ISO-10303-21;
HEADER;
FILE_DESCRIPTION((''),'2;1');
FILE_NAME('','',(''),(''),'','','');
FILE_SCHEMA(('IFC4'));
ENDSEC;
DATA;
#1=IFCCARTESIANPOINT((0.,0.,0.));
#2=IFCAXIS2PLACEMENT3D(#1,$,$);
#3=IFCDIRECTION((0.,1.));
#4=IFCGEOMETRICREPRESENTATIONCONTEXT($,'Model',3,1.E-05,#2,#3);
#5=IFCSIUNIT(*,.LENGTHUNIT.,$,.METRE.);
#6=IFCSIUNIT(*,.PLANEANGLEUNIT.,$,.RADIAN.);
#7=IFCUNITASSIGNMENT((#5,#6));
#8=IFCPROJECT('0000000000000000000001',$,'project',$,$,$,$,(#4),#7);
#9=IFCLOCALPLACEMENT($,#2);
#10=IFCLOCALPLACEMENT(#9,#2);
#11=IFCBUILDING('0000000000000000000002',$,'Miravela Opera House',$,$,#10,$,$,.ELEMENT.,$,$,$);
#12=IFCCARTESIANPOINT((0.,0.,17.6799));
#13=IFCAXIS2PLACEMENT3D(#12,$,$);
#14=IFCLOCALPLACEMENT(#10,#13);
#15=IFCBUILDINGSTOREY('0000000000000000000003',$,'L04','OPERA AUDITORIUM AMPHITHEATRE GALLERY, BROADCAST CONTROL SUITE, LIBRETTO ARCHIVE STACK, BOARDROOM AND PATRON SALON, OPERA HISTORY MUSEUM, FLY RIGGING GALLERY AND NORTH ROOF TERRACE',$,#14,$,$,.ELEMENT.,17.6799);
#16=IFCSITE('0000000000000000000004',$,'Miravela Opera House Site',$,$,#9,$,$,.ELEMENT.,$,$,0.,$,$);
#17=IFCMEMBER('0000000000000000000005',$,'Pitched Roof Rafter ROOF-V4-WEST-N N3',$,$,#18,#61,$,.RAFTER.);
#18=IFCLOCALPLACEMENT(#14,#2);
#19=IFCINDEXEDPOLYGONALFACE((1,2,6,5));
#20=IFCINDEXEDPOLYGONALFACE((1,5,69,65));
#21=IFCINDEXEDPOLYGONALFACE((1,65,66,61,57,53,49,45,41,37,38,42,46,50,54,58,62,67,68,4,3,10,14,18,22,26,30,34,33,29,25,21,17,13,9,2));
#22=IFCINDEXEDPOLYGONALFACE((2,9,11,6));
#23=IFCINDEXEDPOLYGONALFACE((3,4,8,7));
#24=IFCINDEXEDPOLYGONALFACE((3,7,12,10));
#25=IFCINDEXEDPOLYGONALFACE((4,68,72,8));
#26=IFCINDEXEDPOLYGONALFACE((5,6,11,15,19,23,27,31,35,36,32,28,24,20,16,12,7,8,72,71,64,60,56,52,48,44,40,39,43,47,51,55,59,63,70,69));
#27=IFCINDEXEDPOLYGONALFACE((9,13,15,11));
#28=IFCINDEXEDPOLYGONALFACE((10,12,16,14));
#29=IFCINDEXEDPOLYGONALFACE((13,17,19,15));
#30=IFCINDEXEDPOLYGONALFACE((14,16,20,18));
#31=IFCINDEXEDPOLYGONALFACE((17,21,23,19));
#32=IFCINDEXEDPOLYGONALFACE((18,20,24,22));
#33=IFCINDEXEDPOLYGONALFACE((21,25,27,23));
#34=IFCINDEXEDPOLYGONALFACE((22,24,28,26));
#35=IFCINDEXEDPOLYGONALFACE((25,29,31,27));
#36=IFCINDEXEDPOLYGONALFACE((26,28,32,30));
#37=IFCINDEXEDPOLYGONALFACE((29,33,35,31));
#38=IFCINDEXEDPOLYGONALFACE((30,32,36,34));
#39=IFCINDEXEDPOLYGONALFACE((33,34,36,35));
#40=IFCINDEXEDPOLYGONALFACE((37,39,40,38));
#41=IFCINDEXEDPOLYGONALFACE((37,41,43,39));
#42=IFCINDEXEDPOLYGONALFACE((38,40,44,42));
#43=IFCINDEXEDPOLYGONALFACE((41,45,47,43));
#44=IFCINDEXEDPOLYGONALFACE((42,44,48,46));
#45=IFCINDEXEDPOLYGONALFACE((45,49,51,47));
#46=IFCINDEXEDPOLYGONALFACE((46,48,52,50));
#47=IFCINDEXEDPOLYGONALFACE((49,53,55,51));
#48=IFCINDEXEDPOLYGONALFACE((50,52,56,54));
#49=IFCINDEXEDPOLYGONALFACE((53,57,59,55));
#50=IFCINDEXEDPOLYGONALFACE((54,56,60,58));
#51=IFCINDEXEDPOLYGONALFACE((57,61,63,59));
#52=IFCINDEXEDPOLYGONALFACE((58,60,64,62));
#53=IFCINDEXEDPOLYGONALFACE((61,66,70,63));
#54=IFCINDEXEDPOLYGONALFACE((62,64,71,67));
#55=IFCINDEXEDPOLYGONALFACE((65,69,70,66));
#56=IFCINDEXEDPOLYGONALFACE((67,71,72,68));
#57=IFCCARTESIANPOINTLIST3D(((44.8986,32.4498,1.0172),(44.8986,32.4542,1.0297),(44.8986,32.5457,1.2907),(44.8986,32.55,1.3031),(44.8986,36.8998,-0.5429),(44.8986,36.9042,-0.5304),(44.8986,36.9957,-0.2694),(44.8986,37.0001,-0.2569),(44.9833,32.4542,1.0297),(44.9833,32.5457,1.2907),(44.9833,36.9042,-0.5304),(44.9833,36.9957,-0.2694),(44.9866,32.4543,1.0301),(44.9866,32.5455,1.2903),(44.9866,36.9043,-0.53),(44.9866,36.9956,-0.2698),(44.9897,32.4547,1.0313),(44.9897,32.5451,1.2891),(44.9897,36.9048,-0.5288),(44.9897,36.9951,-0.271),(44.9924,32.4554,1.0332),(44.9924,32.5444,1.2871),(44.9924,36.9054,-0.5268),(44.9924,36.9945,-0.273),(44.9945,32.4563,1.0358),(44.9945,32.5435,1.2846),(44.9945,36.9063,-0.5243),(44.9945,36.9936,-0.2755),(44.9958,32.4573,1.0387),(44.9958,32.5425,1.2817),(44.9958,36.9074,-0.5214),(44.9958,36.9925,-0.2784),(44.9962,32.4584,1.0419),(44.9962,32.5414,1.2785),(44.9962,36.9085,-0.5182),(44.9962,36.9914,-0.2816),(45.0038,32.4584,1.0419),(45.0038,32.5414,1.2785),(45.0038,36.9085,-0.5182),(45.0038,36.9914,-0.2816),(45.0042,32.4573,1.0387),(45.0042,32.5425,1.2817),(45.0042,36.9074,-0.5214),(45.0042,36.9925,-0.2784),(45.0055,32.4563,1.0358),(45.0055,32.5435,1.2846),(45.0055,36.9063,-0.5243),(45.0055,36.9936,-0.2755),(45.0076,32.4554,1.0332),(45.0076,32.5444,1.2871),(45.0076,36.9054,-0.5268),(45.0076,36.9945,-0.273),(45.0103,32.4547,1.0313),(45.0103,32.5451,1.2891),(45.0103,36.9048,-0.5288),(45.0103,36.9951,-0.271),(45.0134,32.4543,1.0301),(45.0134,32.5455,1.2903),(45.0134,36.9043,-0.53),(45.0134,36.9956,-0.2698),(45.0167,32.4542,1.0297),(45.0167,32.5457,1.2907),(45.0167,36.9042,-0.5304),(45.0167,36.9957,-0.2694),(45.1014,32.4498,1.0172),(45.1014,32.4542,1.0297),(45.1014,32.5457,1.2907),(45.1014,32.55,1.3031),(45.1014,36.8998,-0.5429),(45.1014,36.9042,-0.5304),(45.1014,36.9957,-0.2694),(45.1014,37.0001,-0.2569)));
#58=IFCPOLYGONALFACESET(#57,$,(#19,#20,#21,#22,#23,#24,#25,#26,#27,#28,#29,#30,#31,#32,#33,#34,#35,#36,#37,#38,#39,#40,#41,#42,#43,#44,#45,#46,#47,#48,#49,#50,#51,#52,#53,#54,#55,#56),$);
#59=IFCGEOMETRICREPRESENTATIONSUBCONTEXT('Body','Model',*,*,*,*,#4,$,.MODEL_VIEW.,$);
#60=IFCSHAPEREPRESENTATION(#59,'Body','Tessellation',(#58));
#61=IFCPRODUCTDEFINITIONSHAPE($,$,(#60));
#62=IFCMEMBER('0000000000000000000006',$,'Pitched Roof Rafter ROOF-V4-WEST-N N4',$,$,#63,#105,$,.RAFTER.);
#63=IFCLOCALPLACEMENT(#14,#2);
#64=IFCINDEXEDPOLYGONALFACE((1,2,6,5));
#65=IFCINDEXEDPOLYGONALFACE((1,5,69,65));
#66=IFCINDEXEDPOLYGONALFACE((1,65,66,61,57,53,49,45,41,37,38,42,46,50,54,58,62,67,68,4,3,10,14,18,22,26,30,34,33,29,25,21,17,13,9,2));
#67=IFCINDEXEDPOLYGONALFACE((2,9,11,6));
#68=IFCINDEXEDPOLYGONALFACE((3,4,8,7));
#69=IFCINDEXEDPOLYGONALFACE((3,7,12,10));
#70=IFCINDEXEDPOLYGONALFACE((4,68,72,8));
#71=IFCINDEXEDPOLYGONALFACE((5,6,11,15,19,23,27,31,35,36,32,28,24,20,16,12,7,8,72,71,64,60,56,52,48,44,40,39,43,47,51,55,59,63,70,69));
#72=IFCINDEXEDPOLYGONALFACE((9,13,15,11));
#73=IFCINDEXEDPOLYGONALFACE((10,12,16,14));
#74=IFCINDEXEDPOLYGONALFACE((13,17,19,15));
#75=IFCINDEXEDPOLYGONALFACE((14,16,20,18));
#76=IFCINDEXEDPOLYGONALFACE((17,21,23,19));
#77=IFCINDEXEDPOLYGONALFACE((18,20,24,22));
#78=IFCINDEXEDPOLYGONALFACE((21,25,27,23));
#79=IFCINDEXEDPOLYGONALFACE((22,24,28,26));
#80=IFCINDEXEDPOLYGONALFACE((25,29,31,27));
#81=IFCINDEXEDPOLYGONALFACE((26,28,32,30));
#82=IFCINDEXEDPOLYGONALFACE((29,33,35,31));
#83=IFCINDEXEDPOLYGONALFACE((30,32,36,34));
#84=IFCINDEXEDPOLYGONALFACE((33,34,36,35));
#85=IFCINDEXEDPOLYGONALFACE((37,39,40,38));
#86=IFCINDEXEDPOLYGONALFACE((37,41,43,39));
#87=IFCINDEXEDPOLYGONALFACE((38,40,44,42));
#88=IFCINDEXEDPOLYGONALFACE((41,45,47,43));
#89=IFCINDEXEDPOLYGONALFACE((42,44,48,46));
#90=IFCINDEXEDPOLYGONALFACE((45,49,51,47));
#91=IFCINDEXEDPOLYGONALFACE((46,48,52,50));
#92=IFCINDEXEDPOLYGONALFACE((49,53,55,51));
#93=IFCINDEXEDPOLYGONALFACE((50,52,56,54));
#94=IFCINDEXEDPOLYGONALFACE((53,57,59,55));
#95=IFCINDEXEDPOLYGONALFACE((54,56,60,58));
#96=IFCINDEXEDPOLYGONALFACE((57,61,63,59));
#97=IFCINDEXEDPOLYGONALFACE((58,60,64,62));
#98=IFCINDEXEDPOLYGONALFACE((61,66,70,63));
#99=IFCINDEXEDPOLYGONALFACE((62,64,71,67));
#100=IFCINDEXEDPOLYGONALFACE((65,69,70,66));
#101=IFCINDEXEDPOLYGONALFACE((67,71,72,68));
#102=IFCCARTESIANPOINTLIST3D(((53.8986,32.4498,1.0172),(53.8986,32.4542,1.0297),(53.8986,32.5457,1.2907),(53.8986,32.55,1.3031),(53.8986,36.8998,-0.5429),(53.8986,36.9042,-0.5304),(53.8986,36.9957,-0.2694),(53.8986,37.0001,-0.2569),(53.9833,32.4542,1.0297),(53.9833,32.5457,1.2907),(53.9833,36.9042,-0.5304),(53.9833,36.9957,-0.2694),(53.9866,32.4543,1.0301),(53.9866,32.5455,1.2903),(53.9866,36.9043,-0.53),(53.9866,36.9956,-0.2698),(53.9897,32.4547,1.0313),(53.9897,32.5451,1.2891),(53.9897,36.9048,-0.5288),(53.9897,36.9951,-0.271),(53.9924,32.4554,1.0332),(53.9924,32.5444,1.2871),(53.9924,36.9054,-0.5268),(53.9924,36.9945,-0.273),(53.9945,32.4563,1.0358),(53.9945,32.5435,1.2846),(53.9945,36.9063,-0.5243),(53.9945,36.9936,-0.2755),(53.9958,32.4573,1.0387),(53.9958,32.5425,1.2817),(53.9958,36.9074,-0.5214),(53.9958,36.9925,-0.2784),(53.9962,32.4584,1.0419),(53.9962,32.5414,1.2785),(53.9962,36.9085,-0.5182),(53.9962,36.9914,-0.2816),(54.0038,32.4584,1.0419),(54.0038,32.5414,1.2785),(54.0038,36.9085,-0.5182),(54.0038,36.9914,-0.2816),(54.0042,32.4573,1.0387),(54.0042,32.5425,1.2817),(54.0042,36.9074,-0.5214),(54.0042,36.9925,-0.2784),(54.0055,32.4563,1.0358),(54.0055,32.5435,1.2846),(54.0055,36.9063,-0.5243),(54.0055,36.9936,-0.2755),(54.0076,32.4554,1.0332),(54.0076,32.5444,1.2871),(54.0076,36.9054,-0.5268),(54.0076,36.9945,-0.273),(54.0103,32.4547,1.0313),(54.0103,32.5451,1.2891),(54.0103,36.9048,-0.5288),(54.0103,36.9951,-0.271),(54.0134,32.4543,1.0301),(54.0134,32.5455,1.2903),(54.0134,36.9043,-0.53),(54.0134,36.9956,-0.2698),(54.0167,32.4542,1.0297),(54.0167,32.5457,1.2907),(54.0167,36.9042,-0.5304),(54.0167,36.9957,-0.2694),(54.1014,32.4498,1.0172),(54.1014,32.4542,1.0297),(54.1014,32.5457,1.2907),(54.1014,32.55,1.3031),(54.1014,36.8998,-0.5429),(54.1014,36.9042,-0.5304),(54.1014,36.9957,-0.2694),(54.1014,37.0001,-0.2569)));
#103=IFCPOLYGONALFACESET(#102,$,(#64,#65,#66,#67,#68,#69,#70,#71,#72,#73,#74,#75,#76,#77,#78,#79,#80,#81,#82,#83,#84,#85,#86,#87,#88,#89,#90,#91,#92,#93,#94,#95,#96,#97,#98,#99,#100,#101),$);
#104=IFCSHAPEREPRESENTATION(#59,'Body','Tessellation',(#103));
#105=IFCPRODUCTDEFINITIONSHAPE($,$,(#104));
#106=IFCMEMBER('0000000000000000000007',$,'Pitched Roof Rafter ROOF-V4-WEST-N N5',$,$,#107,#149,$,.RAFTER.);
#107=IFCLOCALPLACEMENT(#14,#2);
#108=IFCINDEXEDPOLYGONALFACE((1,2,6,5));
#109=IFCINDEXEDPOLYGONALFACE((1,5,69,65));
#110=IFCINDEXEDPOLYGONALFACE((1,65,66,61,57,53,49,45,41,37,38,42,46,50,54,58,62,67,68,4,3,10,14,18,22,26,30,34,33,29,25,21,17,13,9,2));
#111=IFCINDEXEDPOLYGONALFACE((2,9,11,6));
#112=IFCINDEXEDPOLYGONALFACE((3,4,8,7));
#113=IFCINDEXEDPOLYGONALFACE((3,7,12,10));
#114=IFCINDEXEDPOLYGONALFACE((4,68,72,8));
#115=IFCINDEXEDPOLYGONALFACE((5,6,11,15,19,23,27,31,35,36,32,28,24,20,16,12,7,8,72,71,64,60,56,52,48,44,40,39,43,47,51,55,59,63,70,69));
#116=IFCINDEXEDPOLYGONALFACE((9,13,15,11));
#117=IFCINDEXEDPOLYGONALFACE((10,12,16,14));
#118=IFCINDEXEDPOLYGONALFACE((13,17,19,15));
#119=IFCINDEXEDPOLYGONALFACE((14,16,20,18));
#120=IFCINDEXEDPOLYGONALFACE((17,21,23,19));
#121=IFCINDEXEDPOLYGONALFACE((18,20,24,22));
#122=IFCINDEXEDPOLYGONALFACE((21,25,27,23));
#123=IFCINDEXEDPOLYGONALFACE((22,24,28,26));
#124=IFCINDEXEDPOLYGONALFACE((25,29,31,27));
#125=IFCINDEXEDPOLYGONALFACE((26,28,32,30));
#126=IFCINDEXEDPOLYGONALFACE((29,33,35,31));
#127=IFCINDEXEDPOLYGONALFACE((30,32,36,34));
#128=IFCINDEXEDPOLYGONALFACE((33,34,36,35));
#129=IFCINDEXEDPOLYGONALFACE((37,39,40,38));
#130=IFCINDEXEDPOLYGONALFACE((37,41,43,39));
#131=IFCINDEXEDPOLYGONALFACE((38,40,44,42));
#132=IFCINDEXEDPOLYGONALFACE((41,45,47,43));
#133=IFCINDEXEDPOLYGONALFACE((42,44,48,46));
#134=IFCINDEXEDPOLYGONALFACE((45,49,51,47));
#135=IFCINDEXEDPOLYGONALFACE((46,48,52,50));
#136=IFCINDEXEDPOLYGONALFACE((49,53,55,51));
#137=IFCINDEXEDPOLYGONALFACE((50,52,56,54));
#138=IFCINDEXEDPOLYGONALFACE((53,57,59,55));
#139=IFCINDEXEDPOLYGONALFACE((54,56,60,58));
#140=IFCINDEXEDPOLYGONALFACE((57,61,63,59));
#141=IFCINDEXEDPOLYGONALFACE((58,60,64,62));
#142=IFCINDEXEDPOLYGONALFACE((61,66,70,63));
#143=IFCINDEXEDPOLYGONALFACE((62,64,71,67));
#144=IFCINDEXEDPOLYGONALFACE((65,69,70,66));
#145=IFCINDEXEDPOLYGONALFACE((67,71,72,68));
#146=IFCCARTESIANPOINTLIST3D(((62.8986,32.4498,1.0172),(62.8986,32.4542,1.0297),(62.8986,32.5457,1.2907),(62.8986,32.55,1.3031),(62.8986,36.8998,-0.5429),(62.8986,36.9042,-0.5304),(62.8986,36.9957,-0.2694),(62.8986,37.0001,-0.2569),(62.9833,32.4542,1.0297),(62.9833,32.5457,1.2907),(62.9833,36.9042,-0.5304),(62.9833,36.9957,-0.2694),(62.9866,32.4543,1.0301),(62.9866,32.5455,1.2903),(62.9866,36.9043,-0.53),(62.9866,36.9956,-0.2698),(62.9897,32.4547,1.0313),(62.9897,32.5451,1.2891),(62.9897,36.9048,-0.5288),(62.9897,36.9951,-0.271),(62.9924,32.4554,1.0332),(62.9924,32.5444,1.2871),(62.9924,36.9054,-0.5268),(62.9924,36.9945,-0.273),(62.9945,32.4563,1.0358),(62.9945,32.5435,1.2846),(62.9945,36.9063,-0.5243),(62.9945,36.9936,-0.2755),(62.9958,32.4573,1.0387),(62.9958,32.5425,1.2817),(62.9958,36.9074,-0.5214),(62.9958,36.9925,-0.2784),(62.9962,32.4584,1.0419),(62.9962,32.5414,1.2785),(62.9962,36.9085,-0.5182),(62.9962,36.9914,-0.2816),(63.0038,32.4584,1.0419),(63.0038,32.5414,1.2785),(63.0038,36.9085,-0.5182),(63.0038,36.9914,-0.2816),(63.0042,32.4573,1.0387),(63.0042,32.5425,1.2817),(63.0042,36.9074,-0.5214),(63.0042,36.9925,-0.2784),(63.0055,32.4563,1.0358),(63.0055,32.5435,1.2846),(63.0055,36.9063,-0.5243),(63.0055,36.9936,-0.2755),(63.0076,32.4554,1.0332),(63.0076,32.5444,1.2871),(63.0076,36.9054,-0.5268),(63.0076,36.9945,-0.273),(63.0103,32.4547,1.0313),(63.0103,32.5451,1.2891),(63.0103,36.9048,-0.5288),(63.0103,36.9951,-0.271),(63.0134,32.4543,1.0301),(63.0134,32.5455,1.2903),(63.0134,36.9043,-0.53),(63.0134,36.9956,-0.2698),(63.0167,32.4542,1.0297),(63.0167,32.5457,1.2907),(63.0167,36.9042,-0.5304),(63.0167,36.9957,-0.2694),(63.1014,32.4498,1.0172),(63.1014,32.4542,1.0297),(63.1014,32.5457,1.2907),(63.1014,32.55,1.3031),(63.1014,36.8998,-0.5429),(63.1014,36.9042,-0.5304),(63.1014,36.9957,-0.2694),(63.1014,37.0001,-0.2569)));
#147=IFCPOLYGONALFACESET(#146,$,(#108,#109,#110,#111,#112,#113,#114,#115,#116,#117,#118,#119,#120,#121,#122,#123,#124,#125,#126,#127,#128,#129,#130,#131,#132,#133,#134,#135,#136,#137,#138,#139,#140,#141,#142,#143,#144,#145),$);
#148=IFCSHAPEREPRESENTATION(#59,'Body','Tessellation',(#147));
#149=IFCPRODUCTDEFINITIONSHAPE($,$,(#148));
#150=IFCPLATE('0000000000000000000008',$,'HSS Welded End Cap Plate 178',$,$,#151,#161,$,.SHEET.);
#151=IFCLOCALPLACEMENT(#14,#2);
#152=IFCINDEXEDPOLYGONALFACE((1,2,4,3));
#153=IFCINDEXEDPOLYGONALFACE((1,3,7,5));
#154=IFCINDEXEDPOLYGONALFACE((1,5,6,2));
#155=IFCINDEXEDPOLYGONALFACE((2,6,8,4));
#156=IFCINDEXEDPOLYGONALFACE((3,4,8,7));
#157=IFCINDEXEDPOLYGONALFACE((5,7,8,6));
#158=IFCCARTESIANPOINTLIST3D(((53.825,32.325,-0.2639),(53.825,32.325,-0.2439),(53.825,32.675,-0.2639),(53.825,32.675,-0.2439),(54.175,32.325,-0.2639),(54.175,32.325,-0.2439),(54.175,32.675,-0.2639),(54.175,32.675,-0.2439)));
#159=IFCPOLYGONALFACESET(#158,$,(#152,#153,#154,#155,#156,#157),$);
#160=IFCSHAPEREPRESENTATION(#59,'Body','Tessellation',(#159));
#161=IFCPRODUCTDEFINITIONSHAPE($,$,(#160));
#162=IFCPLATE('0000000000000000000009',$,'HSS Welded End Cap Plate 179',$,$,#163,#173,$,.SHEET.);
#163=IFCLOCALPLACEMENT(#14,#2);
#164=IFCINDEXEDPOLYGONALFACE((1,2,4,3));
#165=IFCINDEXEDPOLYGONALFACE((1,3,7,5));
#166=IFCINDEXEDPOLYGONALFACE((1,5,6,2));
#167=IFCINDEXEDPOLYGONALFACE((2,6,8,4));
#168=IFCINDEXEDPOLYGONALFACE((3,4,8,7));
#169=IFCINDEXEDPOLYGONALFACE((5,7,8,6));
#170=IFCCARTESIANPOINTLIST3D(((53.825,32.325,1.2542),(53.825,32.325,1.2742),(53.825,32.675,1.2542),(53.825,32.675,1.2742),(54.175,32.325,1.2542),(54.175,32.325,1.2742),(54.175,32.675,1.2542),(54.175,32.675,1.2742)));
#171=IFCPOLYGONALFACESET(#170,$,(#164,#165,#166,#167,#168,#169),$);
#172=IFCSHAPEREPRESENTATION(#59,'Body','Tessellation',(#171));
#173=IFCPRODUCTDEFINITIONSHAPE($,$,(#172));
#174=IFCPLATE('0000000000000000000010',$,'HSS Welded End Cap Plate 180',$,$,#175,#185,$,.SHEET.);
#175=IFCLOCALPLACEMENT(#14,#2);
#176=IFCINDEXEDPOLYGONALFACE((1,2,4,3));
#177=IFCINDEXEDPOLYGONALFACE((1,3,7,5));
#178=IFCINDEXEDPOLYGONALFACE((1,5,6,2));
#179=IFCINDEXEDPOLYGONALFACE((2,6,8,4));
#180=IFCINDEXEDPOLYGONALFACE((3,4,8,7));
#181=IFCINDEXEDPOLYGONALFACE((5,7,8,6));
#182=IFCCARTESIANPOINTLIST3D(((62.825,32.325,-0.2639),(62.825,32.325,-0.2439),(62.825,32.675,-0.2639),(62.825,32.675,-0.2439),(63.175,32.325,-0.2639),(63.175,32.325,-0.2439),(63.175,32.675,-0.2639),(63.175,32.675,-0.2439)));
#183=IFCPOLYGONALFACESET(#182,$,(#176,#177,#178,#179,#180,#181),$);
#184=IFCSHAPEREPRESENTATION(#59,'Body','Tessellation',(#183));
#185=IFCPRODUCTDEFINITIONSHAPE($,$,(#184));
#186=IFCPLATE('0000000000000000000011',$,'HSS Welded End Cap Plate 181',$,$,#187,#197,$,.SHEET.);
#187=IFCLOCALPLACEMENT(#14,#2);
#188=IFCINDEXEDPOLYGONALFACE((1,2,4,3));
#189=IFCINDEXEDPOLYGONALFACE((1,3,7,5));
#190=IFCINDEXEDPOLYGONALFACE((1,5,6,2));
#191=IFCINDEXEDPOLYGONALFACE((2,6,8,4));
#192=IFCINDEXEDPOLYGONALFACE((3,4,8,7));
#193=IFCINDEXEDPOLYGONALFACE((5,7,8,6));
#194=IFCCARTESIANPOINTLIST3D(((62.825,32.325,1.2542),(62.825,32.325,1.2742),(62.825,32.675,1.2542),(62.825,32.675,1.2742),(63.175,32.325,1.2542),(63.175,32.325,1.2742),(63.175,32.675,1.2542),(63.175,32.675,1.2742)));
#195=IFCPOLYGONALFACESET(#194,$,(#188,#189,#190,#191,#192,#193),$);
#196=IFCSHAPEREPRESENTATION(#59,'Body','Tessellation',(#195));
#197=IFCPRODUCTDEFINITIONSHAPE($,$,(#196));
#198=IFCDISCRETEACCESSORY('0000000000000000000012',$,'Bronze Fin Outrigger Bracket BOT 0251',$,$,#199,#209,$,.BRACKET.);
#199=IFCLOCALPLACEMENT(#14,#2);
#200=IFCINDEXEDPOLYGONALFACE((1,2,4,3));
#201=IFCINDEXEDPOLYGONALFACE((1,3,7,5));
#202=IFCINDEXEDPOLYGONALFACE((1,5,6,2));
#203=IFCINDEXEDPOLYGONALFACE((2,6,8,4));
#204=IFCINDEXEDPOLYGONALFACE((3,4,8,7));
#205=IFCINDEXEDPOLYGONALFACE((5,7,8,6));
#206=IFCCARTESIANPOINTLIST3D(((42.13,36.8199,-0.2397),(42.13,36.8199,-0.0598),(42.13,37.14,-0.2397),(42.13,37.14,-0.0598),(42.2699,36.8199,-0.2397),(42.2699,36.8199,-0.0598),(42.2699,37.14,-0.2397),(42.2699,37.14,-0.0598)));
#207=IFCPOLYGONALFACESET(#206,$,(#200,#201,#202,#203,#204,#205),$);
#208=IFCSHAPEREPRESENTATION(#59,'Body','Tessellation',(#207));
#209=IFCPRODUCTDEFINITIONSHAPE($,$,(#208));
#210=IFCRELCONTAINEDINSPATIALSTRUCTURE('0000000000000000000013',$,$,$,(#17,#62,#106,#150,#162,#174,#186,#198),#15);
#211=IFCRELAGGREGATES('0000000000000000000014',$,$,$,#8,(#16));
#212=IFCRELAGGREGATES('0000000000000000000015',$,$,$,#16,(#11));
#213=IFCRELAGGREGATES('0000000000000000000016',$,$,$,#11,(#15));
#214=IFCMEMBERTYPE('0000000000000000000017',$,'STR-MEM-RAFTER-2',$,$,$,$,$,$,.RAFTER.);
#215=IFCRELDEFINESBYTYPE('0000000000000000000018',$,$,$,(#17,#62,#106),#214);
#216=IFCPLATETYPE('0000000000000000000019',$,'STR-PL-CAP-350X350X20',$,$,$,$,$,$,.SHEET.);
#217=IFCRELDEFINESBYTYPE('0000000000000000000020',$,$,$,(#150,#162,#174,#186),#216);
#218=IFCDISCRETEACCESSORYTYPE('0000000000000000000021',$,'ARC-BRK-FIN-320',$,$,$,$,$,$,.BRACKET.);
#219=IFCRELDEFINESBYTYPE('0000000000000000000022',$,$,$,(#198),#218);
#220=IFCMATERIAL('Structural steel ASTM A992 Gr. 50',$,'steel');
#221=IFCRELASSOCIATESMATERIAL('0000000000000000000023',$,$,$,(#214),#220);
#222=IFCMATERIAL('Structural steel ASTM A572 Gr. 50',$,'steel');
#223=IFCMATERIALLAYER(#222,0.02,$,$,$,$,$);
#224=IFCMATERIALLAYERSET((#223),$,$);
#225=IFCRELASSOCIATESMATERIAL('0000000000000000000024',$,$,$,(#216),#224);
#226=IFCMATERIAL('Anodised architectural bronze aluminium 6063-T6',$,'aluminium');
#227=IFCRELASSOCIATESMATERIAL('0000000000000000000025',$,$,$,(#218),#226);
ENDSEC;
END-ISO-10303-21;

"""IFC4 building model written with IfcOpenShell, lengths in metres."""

from ifc_helpers import new_model, si_unit, direction, frame, origin, origin_2d, place, context, subcontext, project, spatial, rectangle, i_section, extrude, material, layer, layer_set, material_profile, profile_set, type_object, element, save


model = new_model("IFC4")

# Units and contexts
model_context = context("Model", 3, precision=1e-05, world=origin(), true_north=direction((0.0, 1.0)))
body_context = subcontext(model_context, "Body", "Model", "MODEL_VIEW")
ifc_project = project(units=[si_unit("LENGTHUNIT", "METRE"), si_unit("PLANEANGLEUNIT", "RADIAN")], contexts=[model_context])

# Site, building, storey
site_placement = place(None, origin())
site = spatial("IfcSite", under=ifc_project, at=site_placement, Name="Miravela Opera House Site", CompositionType="ELEMENT", RefElevation=0.0)
building_placement = place(site_placement, origin())
building = spatial("IfcBuilding", under=site, at=building_placement, Name="Miravela Opera House", CompositionType="ELEMENT")
storey_placement = place(building_placement, frame((0.0, 0.0, 17.6799)))
storey = spatial("IfcBuildingStorey", under=building, at=storey_placement, Name="L04", Description="OPERA AUDITORIUM AMPHITHEATRE GALLERY, BROADCAST CONTROL SUITE, LIBRETTO ARCHIVE STACK, BOARDROOM AND PATRON SALON, OPERA HISTORY MUSEUM, FLY RIGGING GALLERY AND NORTH ROOF TERRACE", CompositionType="ELEMENT", Elevation=17.6799)

# Members
ifc_material_1 = material(Name="Anodised architectural bronze aluminium 6063-T6", Category="aluminium")
ifc_material_2 = material(Name="Structural steel ASTM A992 Gr. 50", Category="steel")
ifc_material_profile_1 = material_profile(ifc_material_2, i_section(OverallWidth=0.2029, OverallDepth=0.303, WebThickness=0.0076, FlangeThickness=0.0132, FilletRadius=0.0129, at=origin_2d()), Name="W310X60")
ifc_profile_set_1 = profile_set([ifc_material_profile_1])
member_type_1 = type_object("IfcMemberType", Name="STR-MEM-RAFTER-2", PredefinedType="RAFTER", material=ifc_profile_set_1)
for number, where, z_axis, x_axis, name in (
    (1, (45.0, 36.95, -0.3999), (0.0, -0.943688, 0.330837), (1.0, 0.0, 0.0), "Pitched Roof Rafter ROOF-V4-WEST-N N3"),
    (2, (54.0, 36.95, -0.3999), (0.0, -0.943688, 0.330837), (1.0, 0.0, 0.0), "Pitched Roof Rafter ROOF-V4-WEST-N N4"),
    (3, (63.0, 36.95, -0.3999), (0.0, -0.943688, 0.330837), (1.0, 0.0, 0.0), "Pitched Roof Rafter ROOF-V4-WEST-N N5"),
):
    element("IfcMember", number, at=place(storey_placement, frame(where, z_axis=z_axis, x_axis=x_axis)), inside=storey, type_object=member_type_1, Name=name, PredefinedType="RAFTER", context=body_context, shape_type="SweptSolid", body=[
        extrude(i_section(OverallWidth=0.2029, OverallDepth=0.303, WebThickness=0.0076, FlangeThickness=0.0132, FilletRadius=0.0129, at=origin_2d()), origin(), (0.0, 0.0, 1.0), 4.7156),
    ])

# Plates
ifc_material_3 = material(Name="Structural steel ASTM A572 Gr. 50", Category="steel")
ifc_layer = layer(ifc_material_3, 0.02)
ifc_layer_set = layer_set([ifc_layer])
plate_type = type_object("IfcPlateType", Name="STR-PL-CAP-350X350X20", PredefinedType="SHEET", material=ifc_layer_set)
for number, where, z_axis, x_axis, name in (
    (4, (54.0, 32.5, -0.2639), (0.0, 0.0, 1.0), (1.0, 0.0, 0.0), "HSS Welded End Cap Plate 178"),
    (5, (54.0, 32.5, 1.2542), (0.0, 0.0, 1.0), (1.0, 0.0, 0.0), "HSS Welded End Cap Plate 179"),
    (6, (63.0, 32.5, -0.2639), (0.0, 0.0, 1.0), (1.0, 0.0, 0.0), "HSS Welded End Cap Plate 180"),
    (7, (63.0, 32.5, 1.2542), (0.0, 0.0, 1.0), (1.0, 0.0, 0.0), "HSS Welded End Cap Plate 181"),
):
    element("IfcPlate", number, at=place(storey_placement, frame(where, z_axis=z_axis, x_axis=x_axis)), inside=storey, type_object=plate_type, Name=name, PredefinedType="SHEET", context=body_context, shape_type="SweptSolid", body=[
        extrude(rectangle(XDim=0.3501, YDim=0.3501, at=origin_2d()), origin(), (0.0, 0.0, 1.0), 0.02),
    ])

# Discrete accessory
discrete_accessory_type = type_object("IfcDiscreteAccessoryType", Name="ARC-BRK-FIN-320", PredefinedType="BRACKET", material=ifc_material_1)
for number, where, z_axis, x_axis, name in (
    (8, (42.2, 36.98, -0.2397), (0.0, 0.0, 1.0), (0.0, 1.0, 0.0), "Bronze Fin Outrigger Bracket BOT 0251"),
):
    element("IfcDiscreteAccessory", number, at=place(storey_placement, frame(where, z_axis=z_axis, x_axis=x_axis)), inside=storey, type_object=discrete_accessory_type, Name=name, PredefinedType="BRACKET", context=body_context, shape_type="SweptSolid", body=[
        extrude(rectangle(XDim=0.3201, YDim=0.1399, at=origin_2d()), origin(), (0.0, 0.0, 1.0), 0.1799),
    ])

save(model, "model.ifc")
